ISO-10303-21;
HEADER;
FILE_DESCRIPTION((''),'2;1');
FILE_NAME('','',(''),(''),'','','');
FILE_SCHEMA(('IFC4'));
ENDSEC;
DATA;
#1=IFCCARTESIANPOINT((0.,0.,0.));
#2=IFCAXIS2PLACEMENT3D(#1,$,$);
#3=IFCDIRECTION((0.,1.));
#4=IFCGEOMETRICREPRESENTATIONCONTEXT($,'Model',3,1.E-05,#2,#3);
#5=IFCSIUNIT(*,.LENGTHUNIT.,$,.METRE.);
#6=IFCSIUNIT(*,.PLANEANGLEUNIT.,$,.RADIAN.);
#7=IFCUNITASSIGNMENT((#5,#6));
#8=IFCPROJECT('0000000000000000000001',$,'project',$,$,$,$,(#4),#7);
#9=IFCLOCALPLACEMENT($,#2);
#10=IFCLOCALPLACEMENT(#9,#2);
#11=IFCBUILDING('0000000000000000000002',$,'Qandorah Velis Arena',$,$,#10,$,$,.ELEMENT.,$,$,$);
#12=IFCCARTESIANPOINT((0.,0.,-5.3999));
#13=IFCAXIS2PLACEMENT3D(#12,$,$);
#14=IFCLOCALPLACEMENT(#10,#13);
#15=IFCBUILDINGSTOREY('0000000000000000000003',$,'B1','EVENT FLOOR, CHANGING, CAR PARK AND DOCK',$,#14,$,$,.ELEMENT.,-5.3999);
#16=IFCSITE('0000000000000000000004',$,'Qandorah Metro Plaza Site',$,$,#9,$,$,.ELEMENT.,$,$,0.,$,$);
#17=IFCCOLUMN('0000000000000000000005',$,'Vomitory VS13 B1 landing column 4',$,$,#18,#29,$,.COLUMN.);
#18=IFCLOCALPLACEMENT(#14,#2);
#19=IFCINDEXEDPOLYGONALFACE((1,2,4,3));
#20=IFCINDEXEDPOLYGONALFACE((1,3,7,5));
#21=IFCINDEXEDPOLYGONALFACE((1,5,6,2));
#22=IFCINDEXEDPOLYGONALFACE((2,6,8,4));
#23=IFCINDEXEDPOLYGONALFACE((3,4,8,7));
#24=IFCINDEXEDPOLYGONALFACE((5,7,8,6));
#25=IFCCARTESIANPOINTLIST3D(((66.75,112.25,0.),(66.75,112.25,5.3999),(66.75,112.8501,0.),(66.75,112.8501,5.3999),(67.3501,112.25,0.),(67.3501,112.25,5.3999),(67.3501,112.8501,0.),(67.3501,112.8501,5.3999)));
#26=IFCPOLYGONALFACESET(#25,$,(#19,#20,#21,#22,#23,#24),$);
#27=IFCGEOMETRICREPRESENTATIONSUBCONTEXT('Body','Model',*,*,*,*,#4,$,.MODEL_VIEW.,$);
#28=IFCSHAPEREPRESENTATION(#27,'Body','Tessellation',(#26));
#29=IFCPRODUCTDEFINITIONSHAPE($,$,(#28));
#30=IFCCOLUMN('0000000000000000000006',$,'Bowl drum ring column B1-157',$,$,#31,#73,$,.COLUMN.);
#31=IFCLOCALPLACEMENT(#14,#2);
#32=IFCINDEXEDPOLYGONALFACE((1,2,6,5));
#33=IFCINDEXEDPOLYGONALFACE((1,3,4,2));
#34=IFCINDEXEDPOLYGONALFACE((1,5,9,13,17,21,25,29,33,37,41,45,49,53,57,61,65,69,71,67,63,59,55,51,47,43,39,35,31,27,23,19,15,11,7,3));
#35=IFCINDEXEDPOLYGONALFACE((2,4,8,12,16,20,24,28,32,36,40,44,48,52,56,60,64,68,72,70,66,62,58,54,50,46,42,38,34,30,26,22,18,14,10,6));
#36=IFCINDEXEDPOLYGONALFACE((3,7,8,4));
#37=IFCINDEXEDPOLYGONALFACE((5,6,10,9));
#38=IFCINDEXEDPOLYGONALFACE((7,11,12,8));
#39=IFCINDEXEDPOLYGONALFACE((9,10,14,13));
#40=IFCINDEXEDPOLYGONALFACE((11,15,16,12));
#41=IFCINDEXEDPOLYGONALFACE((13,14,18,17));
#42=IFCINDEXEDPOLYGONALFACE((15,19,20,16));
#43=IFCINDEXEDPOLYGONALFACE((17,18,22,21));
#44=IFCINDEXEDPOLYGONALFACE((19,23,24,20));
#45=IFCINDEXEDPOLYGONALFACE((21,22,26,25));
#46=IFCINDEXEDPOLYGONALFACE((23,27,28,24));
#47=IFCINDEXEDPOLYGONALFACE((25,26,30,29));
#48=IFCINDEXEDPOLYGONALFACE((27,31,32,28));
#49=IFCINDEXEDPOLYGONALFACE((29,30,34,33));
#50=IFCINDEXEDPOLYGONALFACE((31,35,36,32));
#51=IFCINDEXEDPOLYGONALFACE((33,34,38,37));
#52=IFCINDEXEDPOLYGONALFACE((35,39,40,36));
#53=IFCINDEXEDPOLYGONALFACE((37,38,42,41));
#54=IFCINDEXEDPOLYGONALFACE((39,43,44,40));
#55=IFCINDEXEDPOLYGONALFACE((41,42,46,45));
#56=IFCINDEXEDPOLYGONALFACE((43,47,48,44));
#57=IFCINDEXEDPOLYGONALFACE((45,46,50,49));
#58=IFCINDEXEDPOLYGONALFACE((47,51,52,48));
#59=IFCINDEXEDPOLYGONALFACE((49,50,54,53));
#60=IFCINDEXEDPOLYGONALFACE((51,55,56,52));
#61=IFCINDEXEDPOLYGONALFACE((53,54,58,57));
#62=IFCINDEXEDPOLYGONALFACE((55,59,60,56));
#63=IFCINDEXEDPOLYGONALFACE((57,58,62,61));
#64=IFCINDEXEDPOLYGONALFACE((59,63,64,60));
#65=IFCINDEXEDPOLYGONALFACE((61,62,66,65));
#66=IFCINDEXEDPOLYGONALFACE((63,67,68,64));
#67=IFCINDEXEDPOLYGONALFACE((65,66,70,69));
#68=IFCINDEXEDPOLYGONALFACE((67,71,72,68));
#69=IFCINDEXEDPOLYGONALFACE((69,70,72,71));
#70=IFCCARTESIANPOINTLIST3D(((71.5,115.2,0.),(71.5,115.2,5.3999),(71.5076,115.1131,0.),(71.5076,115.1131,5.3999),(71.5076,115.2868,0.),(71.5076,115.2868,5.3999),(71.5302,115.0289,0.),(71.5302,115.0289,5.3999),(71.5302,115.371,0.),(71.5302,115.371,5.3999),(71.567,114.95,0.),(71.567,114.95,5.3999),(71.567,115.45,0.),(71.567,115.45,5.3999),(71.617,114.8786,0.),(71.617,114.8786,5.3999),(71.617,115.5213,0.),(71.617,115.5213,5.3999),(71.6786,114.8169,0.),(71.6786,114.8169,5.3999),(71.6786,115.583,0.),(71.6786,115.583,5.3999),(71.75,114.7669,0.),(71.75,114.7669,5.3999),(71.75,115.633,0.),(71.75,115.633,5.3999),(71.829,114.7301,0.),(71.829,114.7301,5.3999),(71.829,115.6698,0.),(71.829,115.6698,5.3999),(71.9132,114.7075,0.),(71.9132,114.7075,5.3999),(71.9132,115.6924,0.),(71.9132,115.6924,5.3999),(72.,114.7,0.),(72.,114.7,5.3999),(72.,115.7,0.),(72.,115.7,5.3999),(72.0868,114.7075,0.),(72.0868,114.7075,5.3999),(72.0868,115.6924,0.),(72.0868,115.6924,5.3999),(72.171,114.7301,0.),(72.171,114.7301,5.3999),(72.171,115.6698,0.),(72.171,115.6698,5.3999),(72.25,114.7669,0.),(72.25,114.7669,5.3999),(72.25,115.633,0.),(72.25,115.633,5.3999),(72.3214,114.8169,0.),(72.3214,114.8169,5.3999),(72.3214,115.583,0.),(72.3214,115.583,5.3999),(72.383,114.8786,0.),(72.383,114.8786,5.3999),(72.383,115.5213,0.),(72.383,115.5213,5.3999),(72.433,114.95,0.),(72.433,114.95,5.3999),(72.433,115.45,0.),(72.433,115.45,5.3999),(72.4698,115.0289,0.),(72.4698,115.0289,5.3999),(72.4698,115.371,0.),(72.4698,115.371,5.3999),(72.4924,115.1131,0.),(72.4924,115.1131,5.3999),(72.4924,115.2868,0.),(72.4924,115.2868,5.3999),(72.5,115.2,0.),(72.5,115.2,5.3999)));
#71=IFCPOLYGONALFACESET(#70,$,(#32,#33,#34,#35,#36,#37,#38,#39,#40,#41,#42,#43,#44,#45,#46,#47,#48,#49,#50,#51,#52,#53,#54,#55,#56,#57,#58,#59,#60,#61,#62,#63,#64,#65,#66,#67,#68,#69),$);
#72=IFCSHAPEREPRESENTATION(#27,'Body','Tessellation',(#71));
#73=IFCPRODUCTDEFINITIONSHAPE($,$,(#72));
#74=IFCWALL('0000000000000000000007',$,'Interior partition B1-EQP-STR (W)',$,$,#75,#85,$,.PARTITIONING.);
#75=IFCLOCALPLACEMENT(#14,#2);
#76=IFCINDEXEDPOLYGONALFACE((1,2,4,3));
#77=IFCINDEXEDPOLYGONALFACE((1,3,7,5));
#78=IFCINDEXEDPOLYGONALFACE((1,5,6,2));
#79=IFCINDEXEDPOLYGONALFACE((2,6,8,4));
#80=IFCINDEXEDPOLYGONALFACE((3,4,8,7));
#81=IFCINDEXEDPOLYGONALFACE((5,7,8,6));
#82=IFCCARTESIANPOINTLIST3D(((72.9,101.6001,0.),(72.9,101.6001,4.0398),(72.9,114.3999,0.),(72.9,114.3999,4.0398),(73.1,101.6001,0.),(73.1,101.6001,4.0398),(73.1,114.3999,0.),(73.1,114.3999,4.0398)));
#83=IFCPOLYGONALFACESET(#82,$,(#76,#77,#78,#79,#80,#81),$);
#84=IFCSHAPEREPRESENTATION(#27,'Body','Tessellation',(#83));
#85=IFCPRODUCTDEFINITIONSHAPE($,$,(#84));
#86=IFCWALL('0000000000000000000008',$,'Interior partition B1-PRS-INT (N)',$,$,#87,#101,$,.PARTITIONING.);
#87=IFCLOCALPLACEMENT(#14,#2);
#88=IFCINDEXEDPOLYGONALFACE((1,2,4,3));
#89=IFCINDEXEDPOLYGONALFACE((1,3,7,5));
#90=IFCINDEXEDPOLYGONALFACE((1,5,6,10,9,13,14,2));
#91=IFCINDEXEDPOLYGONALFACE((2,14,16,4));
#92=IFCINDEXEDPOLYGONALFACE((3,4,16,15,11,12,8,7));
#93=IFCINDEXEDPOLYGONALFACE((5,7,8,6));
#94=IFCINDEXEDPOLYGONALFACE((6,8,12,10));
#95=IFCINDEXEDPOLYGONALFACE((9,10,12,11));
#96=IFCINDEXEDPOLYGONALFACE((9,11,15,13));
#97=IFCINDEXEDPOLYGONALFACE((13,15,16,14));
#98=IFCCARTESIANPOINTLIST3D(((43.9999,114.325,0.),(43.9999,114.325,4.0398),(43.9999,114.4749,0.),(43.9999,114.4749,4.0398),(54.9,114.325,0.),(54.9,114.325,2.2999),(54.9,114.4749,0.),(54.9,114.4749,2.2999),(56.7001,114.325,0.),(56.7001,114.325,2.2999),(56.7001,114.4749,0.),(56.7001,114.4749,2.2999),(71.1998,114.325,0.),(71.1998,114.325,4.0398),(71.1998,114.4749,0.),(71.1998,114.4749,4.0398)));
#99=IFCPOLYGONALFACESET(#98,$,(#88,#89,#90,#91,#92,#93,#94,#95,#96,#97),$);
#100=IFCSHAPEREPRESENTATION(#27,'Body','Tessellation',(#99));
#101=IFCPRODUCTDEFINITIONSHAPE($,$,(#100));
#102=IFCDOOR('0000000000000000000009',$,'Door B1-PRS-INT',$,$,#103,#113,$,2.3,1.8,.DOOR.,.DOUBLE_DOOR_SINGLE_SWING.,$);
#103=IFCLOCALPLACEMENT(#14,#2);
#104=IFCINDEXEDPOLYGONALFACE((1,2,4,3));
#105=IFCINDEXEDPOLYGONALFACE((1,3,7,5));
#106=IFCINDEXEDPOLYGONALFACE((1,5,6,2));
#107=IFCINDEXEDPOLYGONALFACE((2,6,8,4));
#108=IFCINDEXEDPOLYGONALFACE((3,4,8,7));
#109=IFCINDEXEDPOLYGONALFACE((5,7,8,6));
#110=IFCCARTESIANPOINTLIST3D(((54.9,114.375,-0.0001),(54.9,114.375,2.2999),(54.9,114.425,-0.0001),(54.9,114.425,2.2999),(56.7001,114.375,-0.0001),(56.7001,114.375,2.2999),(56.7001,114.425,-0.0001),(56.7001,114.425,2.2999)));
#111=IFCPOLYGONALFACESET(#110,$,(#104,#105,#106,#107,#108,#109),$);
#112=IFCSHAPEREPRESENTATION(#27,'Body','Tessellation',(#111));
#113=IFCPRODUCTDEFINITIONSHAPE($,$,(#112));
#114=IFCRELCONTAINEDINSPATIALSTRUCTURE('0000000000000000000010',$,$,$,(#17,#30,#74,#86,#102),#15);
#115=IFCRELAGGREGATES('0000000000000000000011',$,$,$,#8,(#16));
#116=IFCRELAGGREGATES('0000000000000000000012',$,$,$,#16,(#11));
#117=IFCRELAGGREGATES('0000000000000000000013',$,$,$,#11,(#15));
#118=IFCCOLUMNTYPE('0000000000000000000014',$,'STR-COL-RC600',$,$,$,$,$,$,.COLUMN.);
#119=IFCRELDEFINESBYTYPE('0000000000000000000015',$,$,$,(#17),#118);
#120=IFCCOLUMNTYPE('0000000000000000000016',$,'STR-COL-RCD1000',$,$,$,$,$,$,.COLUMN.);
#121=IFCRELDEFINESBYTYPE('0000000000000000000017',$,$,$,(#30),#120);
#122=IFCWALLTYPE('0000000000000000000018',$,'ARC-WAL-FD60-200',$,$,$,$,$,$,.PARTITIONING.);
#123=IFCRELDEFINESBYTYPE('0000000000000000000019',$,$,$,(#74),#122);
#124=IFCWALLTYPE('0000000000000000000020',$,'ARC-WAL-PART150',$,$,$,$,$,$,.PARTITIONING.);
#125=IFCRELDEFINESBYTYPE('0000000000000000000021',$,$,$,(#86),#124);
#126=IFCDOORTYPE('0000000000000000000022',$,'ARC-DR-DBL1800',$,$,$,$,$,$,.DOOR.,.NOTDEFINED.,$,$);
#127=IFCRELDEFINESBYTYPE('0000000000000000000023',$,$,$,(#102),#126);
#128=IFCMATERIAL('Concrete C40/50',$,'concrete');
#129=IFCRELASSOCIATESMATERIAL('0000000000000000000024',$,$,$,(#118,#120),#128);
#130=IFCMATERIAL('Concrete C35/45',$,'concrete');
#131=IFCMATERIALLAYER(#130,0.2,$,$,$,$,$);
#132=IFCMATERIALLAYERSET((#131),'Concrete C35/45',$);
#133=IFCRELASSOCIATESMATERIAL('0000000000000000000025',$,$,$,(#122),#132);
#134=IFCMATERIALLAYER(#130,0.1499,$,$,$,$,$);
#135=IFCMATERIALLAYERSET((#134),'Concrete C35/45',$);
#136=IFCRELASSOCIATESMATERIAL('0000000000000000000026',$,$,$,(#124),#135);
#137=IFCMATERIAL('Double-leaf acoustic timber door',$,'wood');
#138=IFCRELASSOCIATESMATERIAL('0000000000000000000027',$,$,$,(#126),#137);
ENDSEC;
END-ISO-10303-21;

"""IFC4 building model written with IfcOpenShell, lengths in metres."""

from ifc_helpers import new_model, si_unit, direction, frame, frame_2d, origin, origin_2d, place, context, subcontext, project, spatial, rectangle, circle, extrude, material, layer, layer_set, material_profile, profile_set, type_object, element, fill, save


model = new_model("IFC4")

# Units and contexts
model_context = context("Model", 3, precision=1e-05, world=origin(), true_north=direction((0.0, 1.0)))
body_context = subcontext(model_context, "Body", "Model", "MODEL_VIEW")
ifc_project = project(units=[si_unit("LENGTHUNIT", "METRE"), si_unit("PLANEANGLEUNIT", "RADIAN")], contexts=[model_context])

# Site, building, storey
site_placement = place(None, origin())
site = spatial("IfcSite", under=ifc_project, at=site_placement, Name="Qandorah Metro Plaza Site", CompositionType="ELEMENT", RefElevation=0.0)
building_placement = place(site_placement, origin())
building = spatial("IfcBuilding", under=site, at=building_placement, Name="Qandorah Velis Arena", CompositionType="ELEMENT")
storey_placement = place(building_placement, frame((0.0, 0.0, -5.3999)))
storey = spatial("IfcBuildingStorey", under=building, at=storey_placement, Name="B1", Description="EVENT FLOOR, CHANGING, CAR PARK AND DOCK", CompositionType="ELEMENT", Elevation=-5.3999)

# Shared definitions
ifc_material_1 = material(Name="Concrete C40/50", Category="concrete")

# Columns
ifc_material_profile_1 = material_profile(ifc_material_1, rectangle(XDim=0.6001, YDim=0.6001, at=origin_2d()), Name="RC COL 600x600")
ifc_profile_set_1 = profile_set([ifc_material_profile_1], Name="Concrete C40/50")
column_type_1 = type_object("IfcColumnType", Name="STR-COL-RC600", PredefinedType="COLUMN", material=ifc_profile_set_1)
for number, where, z_axis, x_axis, name in (
    (1, (67.05, 112.55, 0.0), (0.0, 0.0, 1.0), (1.0, 0.0, 0.0), "Vomitory VS13 B1 landing column 4"),
):
    element("IfcColumn", number, at=place(storey_placement, frame(where, z_axis=z_axis, x_axis=x_axis)), inside=storey, type_object=column_type_1, Name=name, PredefinedType="COLUMN", context=body_context, shape_type="SweptSolid", body=[
        extrude(rectangle(XDim=0.6001, YDim=0.6001, at=origin_2d()), origin(), (0.0, 0.0, 1.0), 5.3999),
    ])
ifc_material_profile_2 = material_profile(ifc_material_1, circle(Radius=0.5, at=origin_2d()), Name="RC D1000")
ifc_profile_set_2 = profile_set([ifc_material_profile_2], Name="Concrete C40/50")
column_type_2 = type_object("IfcColumnType", Name="STR-COL-RCD1000", PredefinedType="COLUMN", material=ifc_profile_set_2)
column_1_placement = place(storey_placement, frame((72.0, 115.2, 0.0), z_axis=(0.0, 0.0, 1.0), x_axis=(1.0, 0.0, 0.0)))
element("IfcColumn", 2, at=column_1_placement, inside=storey, type_object=column_type_2, Name="Bowl drum ring column B1-157", PredefinedType="COLUMN", context=body_context, shape_type="SweptSolid", body=[
    extrude(circle(Radius=0.5, at=origin_2d()), origin(), (0.0, 0.0, 1.0), 5.3999),
])

# Wall
ifc_material_2 = material(Name="Concrete C35/45", Category="concrete")
ifc_layer_1 = layer(ifc_material_2, 0.2)
ifc_layer_set_1 = layer_set([ifc_layer_1], Name="Concrete C35/45")
wall_type_1 = type_object("IfcWallType", Name="ARC-WAL-FD60-200", PredefinedType="PARTITIONING", material=ifc_layer_set_1)
wall_1_placement = place(storey_placement, frame((73.0, 114.3999, 0.0), z_axis=(0.0, 0.0, 1.0), x_axis=(0.0, -1.0, 0.0)))
element("IfcWall", 3, at=wall_1_placement, inside=storey, type_object=wall_type_1, Name="Interior partition B1-EQP-STR (W)", PredefinedType="PARTITIONING", context=body_context, shape_type="SweptSolid", body=[
    extrude(rectangle(XDim=12.7998, YDim=0.2, at=frame_2d((6.3999, 0.0))), origin(), (0.0, 0.0, 1.0), 4.0398),
])

# Wall, opening, door
ifc_layer_2 = layer(ifc_material_2, 0.1499)
ifc_layer_set_2 = layer_set([ifc_layer_2], Name="Concrete C35/45")
wall_type_2 = type_object("IfcWallType", Name="ARC-WAL-PART150", PredefinedType="PARTITIONING", material=ifc_layer_set_2)
wall_2_placement = place(storey_placement, frame((71.2, 114.3999, 0.0), z_axis=(0.0, 0.0, 1.0), x_axis=(-1.0, 0.0, 0.0)))
wall_2 = element("IfcWall", 4, at=wall_2_placement, inside=storey, type_object=wall_type_2, Name="Interior partition B1-PRS-INT (N)", PredefinedType="PARTITIONING", context=body_context, shape_type="SweptSolid", body=[
    extrude(rectangle(XDim=27.2, YDim=0.1499, at=frame_2d((13.6001, 0.0))), origin(), (0.0, 0.0, 1.0), 4.0398),
])
opening_placement = place(wall_2_placement, frame((14.5, 0.0, 0.0)))
opening = element("IfcOpeningElement", 5, at=opening_placement, cuts=wall_2, PredefinedType="OPENING", context=body_context, shape_type="SweptSolid", body=[
    extrude(rectangle(XDim=1.8, YDim=2.3, at=frame_2d((0.8999, 1.1499))), frame((0.0, 0.085, 0.0), z_axis=(0.0, -1.0, 0.0), x_axis=(1.0, 0.0, 0.0)), (0.0, 0.0, 1.0), 0.1699),
])
ifc_material_3 = material(Name="Double-leaf acoustic timber door", Category="wood")
door_type = type_object("IfcDoorType", Name="ARC-DR-DBL1800", OperationType="NOTDEFINED", PredefinedType="DOOR", material=ifc_material_3)
door_placement = place(opening_placement, origin())
door = element("IfcDoor", 6, at=door_placement, inside=storey, type_object=door_type, Name="Door B1-PRS-INT", OperationType="DOUBLE_DOOR_SINGLE_SWING", OverallHeight=2.3, OverallWidth=1.8, PredefinedType="DOOR", context=body_context, shape_type="SweptSolid", body=[
    extrude(rectangle(XDim=1.8, YDim=2.3, at=frame_2d((0.8999, 1.1499))), frame((0.0, 0.0249, 0.0), z_axis=(0.0, -1.0, 0.0), x_axis=(1.0, 0.0, 0.0)), (0.0, 0.0, 1.0), 0.05),
])
fill(opening, door)

save(model, "model.ifc")
